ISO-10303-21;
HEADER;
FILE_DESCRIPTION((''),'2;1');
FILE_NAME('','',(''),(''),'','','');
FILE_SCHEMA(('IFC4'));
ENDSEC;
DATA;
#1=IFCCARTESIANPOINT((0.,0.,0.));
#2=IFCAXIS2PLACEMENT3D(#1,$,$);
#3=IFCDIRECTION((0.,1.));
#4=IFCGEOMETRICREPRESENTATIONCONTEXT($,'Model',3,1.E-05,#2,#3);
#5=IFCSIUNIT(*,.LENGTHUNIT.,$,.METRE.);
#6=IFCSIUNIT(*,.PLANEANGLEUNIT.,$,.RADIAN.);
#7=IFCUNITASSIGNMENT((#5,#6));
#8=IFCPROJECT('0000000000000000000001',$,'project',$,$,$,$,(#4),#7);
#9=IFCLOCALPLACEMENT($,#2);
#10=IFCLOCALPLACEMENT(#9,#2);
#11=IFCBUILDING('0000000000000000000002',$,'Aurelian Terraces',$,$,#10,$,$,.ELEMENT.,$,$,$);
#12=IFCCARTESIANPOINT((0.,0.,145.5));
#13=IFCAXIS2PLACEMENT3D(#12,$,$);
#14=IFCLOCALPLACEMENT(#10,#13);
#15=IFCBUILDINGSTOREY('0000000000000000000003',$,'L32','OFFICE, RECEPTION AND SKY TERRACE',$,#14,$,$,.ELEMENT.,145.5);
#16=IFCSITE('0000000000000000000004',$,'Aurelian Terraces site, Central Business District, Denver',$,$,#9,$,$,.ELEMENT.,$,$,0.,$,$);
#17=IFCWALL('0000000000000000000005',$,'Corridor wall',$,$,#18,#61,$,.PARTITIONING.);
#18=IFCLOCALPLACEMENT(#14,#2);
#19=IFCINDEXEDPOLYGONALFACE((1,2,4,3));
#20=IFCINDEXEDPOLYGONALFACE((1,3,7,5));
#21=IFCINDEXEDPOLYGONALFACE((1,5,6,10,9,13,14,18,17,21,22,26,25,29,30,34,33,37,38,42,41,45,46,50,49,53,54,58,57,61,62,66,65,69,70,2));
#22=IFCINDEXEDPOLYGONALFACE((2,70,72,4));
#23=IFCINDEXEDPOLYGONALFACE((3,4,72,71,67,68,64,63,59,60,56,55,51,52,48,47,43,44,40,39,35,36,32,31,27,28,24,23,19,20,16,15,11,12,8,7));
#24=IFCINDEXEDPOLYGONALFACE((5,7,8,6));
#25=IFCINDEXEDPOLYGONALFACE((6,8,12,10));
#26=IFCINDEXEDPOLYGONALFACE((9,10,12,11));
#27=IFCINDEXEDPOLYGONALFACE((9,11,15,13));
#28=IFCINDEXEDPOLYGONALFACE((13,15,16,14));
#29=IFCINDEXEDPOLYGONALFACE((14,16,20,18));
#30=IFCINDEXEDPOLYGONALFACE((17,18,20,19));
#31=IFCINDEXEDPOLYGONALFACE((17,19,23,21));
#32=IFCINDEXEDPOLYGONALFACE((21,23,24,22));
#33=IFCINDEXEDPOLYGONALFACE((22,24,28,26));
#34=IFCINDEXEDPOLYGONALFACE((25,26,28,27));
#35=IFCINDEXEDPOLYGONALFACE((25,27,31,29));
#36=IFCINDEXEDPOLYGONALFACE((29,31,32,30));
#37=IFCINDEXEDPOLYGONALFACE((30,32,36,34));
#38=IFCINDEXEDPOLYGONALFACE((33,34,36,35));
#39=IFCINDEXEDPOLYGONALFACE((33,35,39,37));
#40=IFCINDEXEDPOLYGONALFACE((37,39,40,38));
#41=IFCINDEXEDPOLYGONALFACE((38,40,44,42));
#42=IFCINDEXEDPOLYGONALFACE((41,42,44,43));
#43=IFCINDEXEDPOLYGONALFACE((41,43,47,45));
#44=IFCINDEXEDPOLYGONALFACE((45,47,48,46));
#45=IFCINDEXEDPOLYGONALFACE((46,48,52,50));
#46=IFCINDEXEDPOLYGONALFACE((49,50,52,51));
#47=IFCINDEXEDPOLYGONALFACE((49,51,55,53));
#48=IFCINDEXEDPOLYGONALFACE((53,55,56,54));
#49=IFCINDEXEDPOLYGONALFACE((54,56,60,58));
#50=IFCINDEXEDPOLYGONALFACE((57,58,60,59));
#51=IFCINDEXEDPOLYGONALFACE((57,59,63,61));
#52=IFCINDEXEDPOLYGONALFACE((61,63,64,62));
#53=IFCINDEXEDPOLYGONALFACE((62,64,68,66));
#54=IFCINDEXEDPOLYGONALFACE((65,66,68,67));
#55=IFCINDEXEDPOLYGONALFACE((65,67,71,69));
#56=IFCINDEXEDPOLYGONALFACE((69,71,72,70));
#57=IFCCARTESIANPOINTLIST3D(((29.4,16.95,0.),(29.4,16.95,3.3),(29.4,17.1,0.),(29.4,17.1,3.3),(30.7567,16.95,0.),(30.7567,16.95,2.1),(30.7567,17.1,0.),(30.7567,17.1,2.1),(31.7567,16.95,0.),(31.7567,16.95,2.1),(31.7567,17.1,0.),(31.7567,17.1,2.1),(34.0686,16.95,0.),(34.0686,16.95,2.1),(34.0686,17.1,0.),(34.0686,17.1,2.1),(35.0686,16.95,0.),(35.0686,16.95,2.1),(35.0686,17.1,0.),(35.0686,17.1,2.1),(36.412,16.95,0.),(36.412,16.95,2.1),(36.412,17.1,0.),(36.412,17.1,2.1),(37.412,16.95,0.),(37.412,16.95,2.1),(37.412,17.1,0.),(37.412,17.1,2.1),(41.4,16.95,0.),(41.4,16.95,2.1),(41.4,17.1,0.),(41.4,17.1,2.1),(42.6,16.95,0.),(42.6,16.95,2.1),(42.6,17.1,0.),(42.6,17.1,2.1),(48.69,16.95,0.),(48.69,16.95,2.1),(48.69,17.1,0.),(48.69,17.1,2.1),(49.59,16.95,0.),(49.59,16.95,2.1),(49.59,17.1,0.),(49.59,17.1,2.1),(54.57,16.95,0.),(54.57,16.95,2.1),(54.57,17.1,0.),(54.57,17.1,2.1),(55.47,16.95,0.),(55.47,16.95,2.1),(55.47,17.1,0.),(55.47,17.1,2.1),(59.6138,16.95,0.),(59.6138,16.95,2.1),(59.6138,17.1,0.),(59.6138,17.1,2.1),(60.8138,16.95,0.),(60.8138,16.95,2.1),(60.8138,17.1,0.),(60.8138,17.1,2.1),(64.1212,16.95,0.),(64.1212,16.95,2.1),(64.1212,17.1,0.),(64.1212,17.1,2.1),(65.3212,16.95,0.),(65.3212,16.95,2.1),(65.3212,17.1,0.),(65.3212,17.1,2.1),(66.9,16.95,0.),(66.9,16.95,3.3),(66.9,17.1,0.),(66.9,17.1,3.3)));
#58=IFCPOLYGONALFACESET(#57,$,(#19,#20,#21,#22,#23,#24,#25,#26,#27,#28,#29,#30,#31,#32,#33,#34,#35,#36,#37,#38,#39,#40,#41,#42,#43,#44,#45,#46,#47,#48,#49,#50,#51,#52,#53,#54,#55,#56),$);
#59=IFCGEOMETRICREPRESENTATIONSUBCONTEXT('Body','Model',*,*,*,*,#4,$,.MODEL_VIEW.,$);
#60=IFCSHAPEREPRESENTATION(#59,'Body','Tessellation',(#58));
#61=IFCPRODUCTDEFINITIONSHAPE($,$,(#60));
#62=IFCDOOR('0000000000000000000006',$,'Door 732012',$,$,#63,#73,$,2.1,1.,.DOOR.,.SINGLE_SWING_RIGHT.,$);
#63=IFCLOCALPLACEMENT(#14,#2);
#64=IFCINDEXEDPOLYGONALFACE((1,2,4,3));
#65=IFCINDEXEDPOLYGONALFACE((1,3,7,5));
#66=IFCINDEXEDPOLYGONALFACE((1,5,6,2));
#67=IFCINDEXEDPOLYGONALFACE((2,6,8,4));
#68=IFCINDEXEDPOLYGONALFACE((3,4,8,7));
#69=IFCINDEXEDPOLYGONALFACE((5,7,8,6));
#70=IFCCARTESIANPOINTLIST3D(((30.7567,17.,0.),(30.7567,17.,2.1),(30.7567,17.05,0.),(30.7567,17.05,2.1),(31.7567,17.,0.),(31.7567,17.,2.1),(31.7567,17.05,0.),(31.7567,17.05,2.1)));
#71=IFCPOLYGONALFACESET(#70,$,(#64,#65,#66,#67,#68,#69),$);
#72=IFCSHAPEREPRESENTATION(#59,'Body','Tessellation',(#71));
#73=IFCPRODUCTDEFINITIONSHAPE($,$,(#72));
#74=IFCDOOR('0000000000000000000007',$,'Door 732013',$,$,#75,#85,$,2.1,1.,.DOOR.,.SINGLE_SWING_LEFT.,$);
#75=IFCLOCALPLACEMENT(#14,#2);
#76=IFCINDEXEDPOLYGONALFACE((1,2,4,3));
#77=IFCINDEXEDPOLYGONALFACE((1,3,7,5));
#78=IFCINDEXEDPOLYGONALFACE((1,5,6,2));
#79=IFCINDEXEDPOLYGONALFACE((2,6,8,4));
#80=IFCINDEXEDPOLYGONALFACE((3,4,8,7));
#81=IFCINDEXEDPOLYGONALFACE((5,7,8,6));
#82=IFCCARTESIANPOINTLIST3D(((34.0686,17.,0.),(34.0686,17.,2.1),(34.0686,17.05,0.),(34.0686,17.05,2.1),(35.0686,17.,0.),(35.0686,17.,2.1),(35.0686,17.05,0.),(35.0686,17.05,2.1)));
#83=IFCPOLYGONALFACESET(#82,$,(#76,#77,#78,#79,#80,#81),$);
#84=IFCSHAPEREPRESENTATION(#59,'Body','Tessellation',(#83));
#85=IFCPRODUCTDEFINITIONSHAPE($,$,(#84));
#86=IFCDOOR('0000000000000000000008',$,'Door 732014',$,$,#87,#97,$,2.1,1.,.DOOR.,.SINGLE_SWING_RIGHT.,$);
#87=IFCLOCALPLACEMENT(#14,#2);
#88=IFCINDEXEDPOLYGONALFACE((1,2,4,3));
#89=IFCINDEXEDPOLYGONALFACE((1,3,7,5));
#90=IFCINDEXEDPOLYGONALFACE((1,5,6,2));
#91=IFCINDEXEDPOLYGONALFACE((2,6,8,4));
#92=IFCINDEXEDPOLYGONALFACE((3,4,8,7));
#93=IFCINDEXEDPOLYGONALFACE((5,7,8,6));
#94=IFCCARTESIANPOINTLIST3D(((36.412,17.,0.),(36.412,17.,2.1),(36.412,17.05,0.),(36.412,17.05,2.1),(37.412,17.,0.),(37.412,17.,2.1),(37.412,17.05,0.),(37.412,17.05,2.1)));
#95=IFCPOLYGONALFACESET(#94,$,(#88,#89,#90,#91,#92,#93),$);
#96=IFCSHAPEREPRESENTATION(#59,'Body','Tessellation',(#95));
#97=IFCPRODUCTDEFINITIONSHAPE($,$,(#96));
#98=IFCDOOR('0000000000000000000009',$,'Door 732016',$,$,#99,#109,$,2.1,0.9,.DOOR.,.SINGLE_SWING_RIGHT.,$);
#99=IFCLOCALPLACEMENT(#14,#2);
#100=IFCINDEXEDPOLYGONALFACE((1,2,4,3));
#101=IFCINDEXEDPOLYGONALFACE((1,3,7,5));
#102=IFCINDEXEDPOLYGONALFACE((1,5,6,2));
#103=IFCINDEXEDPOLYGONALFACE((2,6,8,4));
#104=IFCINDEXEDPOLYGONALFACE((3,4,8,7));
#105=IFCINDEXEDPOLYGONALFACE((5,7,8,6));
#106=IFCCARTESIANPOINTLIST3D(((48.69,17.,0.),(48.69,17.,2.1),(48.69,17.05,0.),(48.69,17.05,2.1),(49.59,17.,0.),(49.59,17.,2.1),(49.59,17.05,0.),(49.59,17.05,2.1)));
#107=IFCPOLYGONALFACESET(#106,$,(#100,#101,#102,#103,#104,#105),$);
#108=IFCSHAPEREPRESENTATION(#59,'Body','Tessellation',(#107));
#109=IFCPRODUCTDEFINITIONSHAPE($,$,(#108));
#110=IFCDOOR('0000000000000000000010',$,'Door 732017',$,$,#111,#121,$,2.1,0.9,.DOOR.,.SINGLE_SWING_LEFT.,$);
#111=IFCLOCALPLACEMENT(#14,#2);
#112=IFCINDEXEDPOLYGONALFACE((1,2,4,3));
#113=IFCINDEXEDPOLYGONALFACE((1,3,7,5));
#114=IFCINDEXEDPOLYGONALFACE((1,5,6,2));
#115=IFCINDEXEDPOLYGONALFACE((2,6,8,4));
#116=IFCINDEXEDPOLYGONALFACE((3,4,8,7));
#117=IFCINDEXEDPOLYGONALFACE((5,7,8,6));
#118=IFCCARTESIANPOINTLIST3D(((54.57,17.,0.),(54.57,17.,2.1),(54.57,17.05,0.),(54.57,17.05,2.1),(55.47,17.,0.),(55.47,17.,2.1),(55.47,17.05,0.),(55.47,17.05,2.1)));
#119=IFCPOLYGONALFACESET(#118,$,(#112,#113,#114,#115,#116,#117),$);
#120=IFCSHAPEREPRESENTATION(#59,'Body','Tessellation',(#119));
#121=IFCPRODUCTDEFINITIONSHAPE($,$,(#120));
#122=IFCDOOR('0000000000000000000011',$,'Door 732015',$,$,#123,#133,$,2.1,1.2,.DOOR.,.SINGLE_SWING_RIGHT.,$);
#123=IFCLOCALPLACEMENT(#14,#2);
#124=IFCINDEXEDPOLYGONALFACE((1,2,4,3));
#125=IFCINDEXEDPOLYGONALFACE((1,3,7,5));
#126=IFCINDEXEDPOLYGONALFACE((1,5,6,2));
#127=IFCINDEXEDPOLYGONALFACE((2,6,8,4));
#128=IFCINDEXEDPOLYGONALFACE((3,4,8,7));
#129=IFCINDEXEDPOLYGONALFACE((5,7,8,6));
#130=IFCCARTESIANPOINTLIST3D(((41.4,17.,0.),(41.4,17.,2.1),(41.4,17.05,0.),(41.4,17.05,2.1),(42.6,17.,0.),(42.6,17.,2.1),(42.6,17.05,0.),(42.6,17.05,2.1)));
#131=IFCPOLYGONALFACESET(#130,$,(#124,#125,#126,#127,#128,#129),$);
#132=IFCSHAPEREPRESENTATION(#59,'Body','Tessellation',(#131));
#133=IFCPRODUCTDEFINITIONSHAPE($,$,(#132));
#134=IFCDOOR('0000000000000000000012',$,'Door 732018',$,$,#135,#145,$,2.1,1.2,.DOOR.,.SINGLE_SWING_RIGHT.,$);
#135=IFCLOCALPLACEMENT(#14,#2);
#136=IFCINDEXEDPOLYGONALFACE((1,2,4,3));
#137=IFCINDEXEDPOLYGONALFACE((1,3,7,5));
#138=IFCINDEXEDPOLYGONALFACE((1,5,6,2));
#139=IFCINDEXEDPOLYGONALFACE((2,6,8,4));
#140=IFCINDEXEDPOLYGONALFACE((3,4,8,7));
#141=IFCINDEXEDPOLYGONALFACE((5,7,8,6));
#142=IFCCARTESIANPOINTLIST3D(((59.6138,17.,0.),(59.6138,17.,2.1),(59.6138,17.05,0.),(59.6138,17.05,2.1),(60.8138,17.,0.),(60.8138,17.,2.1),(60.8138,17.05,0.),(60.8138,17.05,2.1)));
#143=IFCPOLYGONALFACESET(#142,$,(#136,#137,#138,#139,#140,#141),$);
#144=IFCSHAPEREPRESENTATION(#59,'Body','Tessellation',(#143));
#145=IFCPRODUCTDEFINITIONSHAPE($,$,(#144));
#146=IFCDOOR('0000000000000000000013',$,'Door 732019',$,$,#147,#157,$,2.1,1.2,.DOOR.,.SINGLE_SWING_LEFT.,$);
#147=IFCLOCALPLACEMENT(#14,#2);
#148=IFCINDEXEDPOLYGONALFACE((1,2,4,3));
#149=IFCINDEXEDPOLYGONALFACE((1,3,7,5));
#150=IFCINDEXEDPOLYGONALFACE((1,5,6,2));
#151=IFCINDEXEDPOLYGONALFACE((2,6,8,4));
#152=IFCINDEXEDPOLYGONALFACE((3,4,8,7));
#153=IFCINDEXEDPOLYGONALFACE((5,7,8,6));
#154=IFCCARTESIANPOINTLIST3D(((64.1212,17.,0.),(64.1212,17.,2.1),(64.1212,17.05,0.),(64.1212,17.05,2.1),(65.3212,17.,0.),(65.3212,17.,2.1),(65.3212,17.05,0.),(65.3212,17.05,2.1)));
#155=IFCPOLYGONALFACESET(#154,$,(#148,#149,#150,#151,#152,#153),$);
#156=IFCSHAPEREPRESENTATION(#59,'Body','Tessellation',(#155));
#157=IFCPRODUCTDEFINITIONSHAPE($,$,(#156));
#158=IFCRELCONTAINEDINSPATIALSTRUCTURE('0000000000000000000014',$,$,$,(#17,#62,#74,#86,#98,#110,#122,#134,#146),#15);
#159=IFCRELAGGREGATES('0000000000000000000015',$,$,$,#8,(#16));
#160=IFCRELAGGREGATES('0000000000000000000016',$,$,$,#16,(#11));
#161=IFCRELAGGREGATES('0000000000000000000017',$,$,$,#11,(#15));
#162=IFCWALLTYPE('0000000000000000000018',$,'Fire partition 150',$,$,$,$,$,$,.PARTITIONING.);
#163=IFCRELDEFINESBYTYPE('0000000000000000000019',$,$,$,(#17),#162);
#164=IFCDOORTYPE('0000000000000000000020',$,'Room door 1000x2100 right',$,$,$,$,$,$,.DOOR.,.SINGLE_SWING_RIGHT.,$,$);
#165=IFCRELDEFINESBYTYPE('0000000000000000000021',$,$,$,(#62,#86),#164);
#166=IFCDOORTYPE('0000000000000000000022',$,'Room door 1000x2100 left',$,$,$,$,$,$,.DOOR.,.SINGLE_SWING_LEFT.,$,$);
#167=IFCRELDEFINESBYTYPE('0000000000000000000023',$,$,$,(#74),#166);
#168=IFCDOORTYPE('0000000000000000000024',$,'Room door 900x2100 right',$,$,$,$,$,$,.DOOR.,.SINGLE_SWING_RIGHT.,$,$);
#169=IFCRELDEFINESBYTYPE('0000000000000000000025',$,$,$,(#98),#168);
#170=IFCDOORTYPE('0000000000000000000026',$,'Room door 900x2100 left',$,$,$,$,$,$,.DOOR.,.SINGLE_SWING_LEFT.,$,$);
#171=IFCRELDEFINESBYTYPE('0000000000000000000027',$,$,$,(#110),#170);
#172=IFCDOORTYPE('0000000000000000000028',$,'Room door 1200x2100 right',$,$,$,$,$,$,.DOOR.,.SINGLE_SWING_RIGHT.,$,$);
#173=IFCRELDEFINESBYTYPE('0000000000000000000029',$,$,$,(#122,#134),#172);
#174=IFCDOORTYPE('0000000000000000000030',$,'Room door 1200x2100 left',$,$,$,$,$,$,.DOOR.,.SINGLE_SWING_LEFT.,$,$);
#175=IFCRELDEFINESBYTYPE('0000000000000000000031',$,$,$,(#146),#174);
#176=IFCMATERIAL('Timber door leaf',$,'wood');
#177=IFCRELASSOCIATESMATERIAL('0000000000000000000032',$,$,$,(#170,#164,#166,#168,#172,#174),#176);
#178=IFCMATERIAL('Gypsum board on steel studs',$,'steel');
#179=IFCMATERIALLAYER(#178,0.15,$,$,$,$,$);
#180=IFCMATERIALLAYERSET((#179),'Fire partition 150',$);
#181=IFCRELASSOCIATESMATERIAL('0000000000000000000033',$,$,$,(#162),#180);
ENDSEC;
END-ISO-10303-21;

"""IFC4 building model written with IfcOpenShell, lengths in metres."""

from ifc_helpers import new_model, si_unit, direction, frame, frame_2d, origin, place, context, subcontext, project, spatial, rectangle, extrude, source, transform, mapped, material, layer, layer_set, type_object, element, fill, save


model = new_model("IFC4")

# Units and contexts
model_context = context("Model", 3, precision=1e-05, world=origin(), true_north=direction((0.0, 1.0)))
body_context = subcontext(model_context, "Body", "Model", "MODEL_VIEW")
ifc_project = project(units=[si_unit("LENGTHUNIT", "METRE"), si_unit("PLANEANGLEUNIT", "RADIAN")], contexts=[model_context])

# Site, building, storey
site_placement = place(None, origin())
site = spatial("IfcSite", under=ifc_project, at=site_placement, Name="Aurelian Terraces site, Central Business District, Denver", CompositionType="ELEMENT", RefElevation=0.0)
building_placement = place(site_placement, origin())
building = spatial("IfcBuilding", under=site, at=building_placement, Name="Aurelian Terraces", CompositionType="ELEMENT")
storey_placement = place(building_placement, frame((0.0, 0.0, 145.5)))
storey = spatial("IfcBuildingStorey", under=building, at=storey_placement, Name="L32", Description="OFFICE, RECEPTION AND SKY TERRACE", CompositionType="ELEMENT", Elevation=145.5)

# Shared definitions
ifc_material_1 = material(Name="Gypsum board on steel studs", Category="steel")
shared_shape_1 = source(origin(), body_context, "Body", "SweptSolid", [
    extrude(rectangle(XDim=0.9, YDim=2.1, at=frame_2d((0.45, 1.05))), frame((0.0, 0.085, 0.0), z_axis=(0.0, -1.0, 0.0), x_axis=(1.0, 0.0, 0.0)), (0.0, 0.0, 1.0), 0.17),
])
ifc_material_2 = material(Name="Timber door leaf", Category="wood")
door_type_1 = type_object("IfcDoorType", Name="Room door 900x2100 left", OperationType="SINGLE_SWING_LEFT", PredefinedType="DOOR", material=ifc_material_2)
shared_shape_2 = source(origin(), body_context, "Body", "SweptSolid", [
    extrude(rectangle(XDim=0.9, YDim=2.1, at=frame_2d((0.45, 1.05))), frame((0.0, 0.025, 0.0), z_axis=(0.0, -1.0, 0.0), x_axis=(1.0, 0.0, 0.0)), (0.0, 0.0, 1.0), 0.05),
])

# Wall, openings, doors
ifc_layer_1 = layer(ifc_material_1, 0.15)
ifc_layer_set_1 = layer_set([ifc_layer_1], Name="Fire partition 150")
wall_type_1 = type_object("IfcWallType", Name="Fire partition 150", PredefinedType="PARTITIONING", material=ifc_layer_set_1)
shared_shape_3 = source(origin(), body_context, "Body", "SweptSolid", [
    extrude(rectangle(XDim=37.5, YDim=0.15, at=frame_2d((18.75, 0.0))), origin(), (0.0, 0.0, 1.0), 3.3),
])
wall_1_placement = place(storey_placement, frame((29.4, 17.025, 0.0), z_axis=(0.0, 0.0, 1.0), x_axis=(1.0, 0.0, 0.0)))
wall_1 = element("IfcWall", 1, at=wall_1_placement, inside=storey, type_object=wall_type_1, Name="Corridor wall", PredefinedType="PARTITIONING", context=body_context, shape_type="MappedRepresentation", body=[
    mapped(shared_shape_3, transform((0.0, 0.0, 0.0), scale=1.0)),
])
shared_shape_4 = source(origin(), body_context, "Body", "SweptSolid", [
    extrude(rectangle(XDim=1.0, YDim=2.1, at=frame_2d((0.5, 1.05))), frame((0.0, 0.085, 0.0), z_axis=(0.0, -1.0, 0.0), x_axis=(1.0, 0.0, 0.0)), (0.0, 0.0, 1.0), 0.17),
])
opening_1_placement = place(wall_1_placement, frame((1.3567, 0.0, 0.0)))
opening_1 = element("IfcOpeningElement", 2, at=opening_1_placement, cuts=wall_1, PredefinedType="OPENING", context=body_context, shape_type="MappedRepresentation", body=[
    mapped(shared_shape_4, transform((0.0, 0.0, 0.0), scale=1.0)),
])
opening_2_placement = place(wall_1_placement, frame((4.6686, 0.0, 0.0)))
opening_2 = element("IfcOpeningElement", 3, at=opening_2_placement, cuts=wall_1, PredefinedType="OPENING", context=body_context, shape_type="MappedRepresentation", body=[
    mapped(shared_shape_4, transform((0.0, 0.0, 0.0), scale=1.0)),
])
opening_3_placement = place(wall_1_placement, frame((7.012, 0.0, 0.0)))
opening_3 = element("IfcOpeningElement", 4, at=opening_3_placement, cuts=wall_1, PredefinedType="OPENING", context=body_context, shape_type="MappedRepresentation", body=[
    mapped(shared_shape_4, transform((0.0, 0.0, 0.0), scale=1.0)),
])
shared_shape_5 = source(origin(), body_context, "Body", "SweptSolid", [
    extrude(rectangle(XDim=1.2, YDim=2.1, at=frame_2d((0.6, 1.05))), frame((0.0, 0.085, 0.0), z_axis=(0.0, -1.0, 0.0), x_axis=(1.0, 0.0, 0.0)), (0.0, 0.0, 1.0), 0.17),
])
opening_4_placement = place(wall_1_placement, frame((12.0, 0.0, 0.0)))
opening_4 = element("IfcOpeningElement", 5, at=opening_4_placement, cuts=wall_1, PredefinedType="OPENING", context=body_context, shape_type="MappedRepresentation", body=[
    mapped(shared_shape_5, transform((0.0, 0.0, 0.0), scale=1.0)),
])
opening_5_placement = place(wall_1_placement, frame((19.29, 0.0, 0.0)))
opening_5 = element("IfcOpeningElement", 6, at=opening_5_placement, cuts=wall_1, PredefinedType="OPENING", context=body_context, shape_type="MappedRepresentation", body=[
    mapped(shared_shape_1, transform((0.0, 0.0, 0.0), scale=1.0)),
])
opening_6_placement = place(wall_1_placement, frame((25.17, 0.0, 0.0)))
opening_6 = element("IfcOpeningElement", 7, at=opening_6_placement, cuts=wall_1, PredefinedType="OPENING", context=body_context, shape_type="MappedRepresentation", body=[
    mapped(shared_shape_1, transform((0.0, 0.0, 0.0), scale=1.0)),
])
opening_7_placement = place(wall_1_placement, frame((30.2138, 0.0, 0.0)))
opening_7 = element("IfcOpeningElement", 8, at=opening_7_placement, cuts=wall_1, PredefinedType="OPENING", context=body_context, shape_type="MappedRepresentation", body=[
    mapped(shared_shape_5, transform((0.0, 0.0, 0.0), scale=1.0)),
])
opening_8_placement = place(wall_1_placement, frame((34.7212, 0.0, 0.0)))
opening_8 = element("IfcOpeningElement", 9, at=opening_8_placement, cuts=wall_1, PredefinedType="OPENING", context=body_context, shape_type="MappedRepresentation", body=[
    mapped(shared_shape_5, transform((0.0, 0.0, 0.0), scale=1.0)),
])
door_type_2 = type_object("IfcDoorType", Name="Room door 1000x2100 right", OperationType="SINGLE_SWING_RIGHT", PredefinedType="DOOR", material=ifc_material_2)
shared_shape_6 = source(origin(), body_context, "Body", "SweptSolid", [
    extrude(rectangle(XDim=1.0, YDim=2.1, at=frame_2d((0.5, 1.05))), frame((0.0, 0.025, 0.0), z_axis=(0.0, -1.0, 0.0), x_axis=(1.0, 0.0, 0.0)), (0.0, 0.0, 1.0), 0.05),
])
door_1_placement = place(opening_1_placement, origin())
door_1 = element("IfcDoor", 10, at=door_1_placement, inside=storey, type_object=door_type_2, Name="Door 732012", OperationType="SINGLE_SWING_RIGHT", OverallHeight=2.1, OverallWidth=1.0, PredefinedType="DOOR", context=body_context, shape_type="MappedRepresentation", body=[
    mapped(shared_shape_6, transform((0.0, 0.0, 0.0), scale=1.0)),
])
fill(opening_1, door_1)
door_type_3 = type_object("IfcDoorType", Name="Room door 1000x2100 left", OperationType="SINGLE_SWING_LEFT", PredefinedType="DOOR", material=ifc_material_2)
door_2_placement = place(opening_2_placement, origin())
door_2 = element("IfcDoor", 11, at=door_2_placement, inside=storey, type_object=door_type_3, Name="Door 732013", OperationType="SINGLE_SWING_LEFT", OverallHeight=2.1, OverallWidth=1.0, PredefinedType="DOOR", context=body_context, shape_type="MappedRepresentation", body=[
    mapped(shared_shape_6, transform((0.0, 0.0, 0.0), scale=1.0)),
])
fill(opening_2, door_2)
door_3_placement = place(opening_3_placement, origin())
door_3 = element("IfcDoor", 12, at=door_3_placement, inside=storey, type_object=door_type_2, Name="Door 732014", OperationType="SINGLE_SWING_RIGHT", OverallHeight=2.1, OverallWidth=1.0, PredefinedType="DOOR", context=body_context, shape_type="MappedRepresentation", body=[
    mapped(shared_shape_6, transform((0.0, 0.0, 0.0), scale=1.0)),
])
fill(opening_3, door_3)
door_type_4 = type_object("IfcDoorType", Name="Room door 900x2100 right", OperationType="SINGLE_SWING_RIGHT", PredefinedType="DOOR", material=ifc_material_2)
door_4_placement = place(opening_5_placement, origin())
door_4 = element("IfcDoor", 13, at=door_4_placement, inside=storey, type_object=door_type_4, Name="Door 732016", OperationType="SINGLE_SWING_RIGHT", OverallHeight=2.1, OverallWidth=0.9, PredefinedType="DOOR", context=body_context, shape_type="MappedRepresentation", body=[
    mapped(shared_shape_2, transform((0.0, 0.0, 0.0), scale=1.0)),
])
fill(opening_5, door_4)
door_5_placement = place(opening_6_placement, origin())
door_5 = element("IfcDoor", 14, at=door_5_placement, inside=storey, type_object=door_type_1, Name="Door 732017", OperationType="SINGLE_SWING_LEFT", OverallHeight=2.1, OverallWidth=0.9, PredefinedType="DOOR", context=body_context, shape_type="MappedRepresentation", body=[
    mapped(shared_shape_2, transform((0.0, 0.0, 0.0), scale=1.0)),
])
fill(opening_6, door_5)
door_type_5 = type_object("IfcDoorType", Name="Room door 1200x2100 right", OperationType="SINGLE_SWING_RIGHT", PredefinedType="DOOR", material=ifc_material_2)
shared_shape_7 = source(origin(), body_context, "Body", "SweptSolid", [
    extrude(rectangle(XDim=1.2, YDim=2.1, at=frame_2d((0.6, 1.05))), frame((0.0, 0.025, 0.0), z_axis=(0.0, -1.0, 0.0), x_axis=(1.0, 0.0, 0.0)), (0.0, 0.0, 1.0), 0.05),
])
door_6_placement = place(opening_4_placement, origin())
door_6 = element("IfcDoor", 15, at=door_6_placement, inside=storey, type_object=door_type_5, Name="Door 732015", OperationType="SINGLE_SWING_RIGHT", OverallHeight=2.1, OverallWidth=1.2, PredefinedType="DOOR", context=body_context, shape_type="MappedRepresentation", body=[
    mapped(shared_shape_7, transform((0.0, 0.0, 0.0), scale=1.0)),
])
fill(opening_4, door_6)
door_7_placement = place(opening_7_placement, origin())
door_7 = element("IfcDoor", 16, at=door_7_placement, inside=storey, type_object=door_type_5, Name="Door 732018", OperationType="SINGLE_SWING_RIGHT", OverallHeight=2.1, OverallWidth=1.2, PredefinedType="DOOR", context=body_context, shape_type="MappedRepresentation", body=[
    mapped(shared_shape_7, transform((0.0, 0.0, 0.0), scale=1.0)),
])
fill(opening_7, door_7)
door_type_6 = type_object("IfcDoorType", Name="Room door 1200x2100 left", OperationType="SINGLE_SWING_LEFT", PredefinedType="DOOR", material=ifc_material_2)
door_8_placement = place(opening_8_placement, origin())
door_8 = element("IfcDoor", 17, at=door_8_placement, inside=storey, type_object=door_type_6, Name="Door 732019", OperationType="SINGLE_SWING_LEFT", OverallHeight=2.1, OverallWidth=1.2, PredefinedType="DOOR", context=body_context, shape_type="MappedRepresentation", body=[
    mapped(shared_shape_7, transform((0.0, 0.0, 0.0), scale=1.0)),
])
fill(opening_8, door_8)

save(model, "model.ifc")
